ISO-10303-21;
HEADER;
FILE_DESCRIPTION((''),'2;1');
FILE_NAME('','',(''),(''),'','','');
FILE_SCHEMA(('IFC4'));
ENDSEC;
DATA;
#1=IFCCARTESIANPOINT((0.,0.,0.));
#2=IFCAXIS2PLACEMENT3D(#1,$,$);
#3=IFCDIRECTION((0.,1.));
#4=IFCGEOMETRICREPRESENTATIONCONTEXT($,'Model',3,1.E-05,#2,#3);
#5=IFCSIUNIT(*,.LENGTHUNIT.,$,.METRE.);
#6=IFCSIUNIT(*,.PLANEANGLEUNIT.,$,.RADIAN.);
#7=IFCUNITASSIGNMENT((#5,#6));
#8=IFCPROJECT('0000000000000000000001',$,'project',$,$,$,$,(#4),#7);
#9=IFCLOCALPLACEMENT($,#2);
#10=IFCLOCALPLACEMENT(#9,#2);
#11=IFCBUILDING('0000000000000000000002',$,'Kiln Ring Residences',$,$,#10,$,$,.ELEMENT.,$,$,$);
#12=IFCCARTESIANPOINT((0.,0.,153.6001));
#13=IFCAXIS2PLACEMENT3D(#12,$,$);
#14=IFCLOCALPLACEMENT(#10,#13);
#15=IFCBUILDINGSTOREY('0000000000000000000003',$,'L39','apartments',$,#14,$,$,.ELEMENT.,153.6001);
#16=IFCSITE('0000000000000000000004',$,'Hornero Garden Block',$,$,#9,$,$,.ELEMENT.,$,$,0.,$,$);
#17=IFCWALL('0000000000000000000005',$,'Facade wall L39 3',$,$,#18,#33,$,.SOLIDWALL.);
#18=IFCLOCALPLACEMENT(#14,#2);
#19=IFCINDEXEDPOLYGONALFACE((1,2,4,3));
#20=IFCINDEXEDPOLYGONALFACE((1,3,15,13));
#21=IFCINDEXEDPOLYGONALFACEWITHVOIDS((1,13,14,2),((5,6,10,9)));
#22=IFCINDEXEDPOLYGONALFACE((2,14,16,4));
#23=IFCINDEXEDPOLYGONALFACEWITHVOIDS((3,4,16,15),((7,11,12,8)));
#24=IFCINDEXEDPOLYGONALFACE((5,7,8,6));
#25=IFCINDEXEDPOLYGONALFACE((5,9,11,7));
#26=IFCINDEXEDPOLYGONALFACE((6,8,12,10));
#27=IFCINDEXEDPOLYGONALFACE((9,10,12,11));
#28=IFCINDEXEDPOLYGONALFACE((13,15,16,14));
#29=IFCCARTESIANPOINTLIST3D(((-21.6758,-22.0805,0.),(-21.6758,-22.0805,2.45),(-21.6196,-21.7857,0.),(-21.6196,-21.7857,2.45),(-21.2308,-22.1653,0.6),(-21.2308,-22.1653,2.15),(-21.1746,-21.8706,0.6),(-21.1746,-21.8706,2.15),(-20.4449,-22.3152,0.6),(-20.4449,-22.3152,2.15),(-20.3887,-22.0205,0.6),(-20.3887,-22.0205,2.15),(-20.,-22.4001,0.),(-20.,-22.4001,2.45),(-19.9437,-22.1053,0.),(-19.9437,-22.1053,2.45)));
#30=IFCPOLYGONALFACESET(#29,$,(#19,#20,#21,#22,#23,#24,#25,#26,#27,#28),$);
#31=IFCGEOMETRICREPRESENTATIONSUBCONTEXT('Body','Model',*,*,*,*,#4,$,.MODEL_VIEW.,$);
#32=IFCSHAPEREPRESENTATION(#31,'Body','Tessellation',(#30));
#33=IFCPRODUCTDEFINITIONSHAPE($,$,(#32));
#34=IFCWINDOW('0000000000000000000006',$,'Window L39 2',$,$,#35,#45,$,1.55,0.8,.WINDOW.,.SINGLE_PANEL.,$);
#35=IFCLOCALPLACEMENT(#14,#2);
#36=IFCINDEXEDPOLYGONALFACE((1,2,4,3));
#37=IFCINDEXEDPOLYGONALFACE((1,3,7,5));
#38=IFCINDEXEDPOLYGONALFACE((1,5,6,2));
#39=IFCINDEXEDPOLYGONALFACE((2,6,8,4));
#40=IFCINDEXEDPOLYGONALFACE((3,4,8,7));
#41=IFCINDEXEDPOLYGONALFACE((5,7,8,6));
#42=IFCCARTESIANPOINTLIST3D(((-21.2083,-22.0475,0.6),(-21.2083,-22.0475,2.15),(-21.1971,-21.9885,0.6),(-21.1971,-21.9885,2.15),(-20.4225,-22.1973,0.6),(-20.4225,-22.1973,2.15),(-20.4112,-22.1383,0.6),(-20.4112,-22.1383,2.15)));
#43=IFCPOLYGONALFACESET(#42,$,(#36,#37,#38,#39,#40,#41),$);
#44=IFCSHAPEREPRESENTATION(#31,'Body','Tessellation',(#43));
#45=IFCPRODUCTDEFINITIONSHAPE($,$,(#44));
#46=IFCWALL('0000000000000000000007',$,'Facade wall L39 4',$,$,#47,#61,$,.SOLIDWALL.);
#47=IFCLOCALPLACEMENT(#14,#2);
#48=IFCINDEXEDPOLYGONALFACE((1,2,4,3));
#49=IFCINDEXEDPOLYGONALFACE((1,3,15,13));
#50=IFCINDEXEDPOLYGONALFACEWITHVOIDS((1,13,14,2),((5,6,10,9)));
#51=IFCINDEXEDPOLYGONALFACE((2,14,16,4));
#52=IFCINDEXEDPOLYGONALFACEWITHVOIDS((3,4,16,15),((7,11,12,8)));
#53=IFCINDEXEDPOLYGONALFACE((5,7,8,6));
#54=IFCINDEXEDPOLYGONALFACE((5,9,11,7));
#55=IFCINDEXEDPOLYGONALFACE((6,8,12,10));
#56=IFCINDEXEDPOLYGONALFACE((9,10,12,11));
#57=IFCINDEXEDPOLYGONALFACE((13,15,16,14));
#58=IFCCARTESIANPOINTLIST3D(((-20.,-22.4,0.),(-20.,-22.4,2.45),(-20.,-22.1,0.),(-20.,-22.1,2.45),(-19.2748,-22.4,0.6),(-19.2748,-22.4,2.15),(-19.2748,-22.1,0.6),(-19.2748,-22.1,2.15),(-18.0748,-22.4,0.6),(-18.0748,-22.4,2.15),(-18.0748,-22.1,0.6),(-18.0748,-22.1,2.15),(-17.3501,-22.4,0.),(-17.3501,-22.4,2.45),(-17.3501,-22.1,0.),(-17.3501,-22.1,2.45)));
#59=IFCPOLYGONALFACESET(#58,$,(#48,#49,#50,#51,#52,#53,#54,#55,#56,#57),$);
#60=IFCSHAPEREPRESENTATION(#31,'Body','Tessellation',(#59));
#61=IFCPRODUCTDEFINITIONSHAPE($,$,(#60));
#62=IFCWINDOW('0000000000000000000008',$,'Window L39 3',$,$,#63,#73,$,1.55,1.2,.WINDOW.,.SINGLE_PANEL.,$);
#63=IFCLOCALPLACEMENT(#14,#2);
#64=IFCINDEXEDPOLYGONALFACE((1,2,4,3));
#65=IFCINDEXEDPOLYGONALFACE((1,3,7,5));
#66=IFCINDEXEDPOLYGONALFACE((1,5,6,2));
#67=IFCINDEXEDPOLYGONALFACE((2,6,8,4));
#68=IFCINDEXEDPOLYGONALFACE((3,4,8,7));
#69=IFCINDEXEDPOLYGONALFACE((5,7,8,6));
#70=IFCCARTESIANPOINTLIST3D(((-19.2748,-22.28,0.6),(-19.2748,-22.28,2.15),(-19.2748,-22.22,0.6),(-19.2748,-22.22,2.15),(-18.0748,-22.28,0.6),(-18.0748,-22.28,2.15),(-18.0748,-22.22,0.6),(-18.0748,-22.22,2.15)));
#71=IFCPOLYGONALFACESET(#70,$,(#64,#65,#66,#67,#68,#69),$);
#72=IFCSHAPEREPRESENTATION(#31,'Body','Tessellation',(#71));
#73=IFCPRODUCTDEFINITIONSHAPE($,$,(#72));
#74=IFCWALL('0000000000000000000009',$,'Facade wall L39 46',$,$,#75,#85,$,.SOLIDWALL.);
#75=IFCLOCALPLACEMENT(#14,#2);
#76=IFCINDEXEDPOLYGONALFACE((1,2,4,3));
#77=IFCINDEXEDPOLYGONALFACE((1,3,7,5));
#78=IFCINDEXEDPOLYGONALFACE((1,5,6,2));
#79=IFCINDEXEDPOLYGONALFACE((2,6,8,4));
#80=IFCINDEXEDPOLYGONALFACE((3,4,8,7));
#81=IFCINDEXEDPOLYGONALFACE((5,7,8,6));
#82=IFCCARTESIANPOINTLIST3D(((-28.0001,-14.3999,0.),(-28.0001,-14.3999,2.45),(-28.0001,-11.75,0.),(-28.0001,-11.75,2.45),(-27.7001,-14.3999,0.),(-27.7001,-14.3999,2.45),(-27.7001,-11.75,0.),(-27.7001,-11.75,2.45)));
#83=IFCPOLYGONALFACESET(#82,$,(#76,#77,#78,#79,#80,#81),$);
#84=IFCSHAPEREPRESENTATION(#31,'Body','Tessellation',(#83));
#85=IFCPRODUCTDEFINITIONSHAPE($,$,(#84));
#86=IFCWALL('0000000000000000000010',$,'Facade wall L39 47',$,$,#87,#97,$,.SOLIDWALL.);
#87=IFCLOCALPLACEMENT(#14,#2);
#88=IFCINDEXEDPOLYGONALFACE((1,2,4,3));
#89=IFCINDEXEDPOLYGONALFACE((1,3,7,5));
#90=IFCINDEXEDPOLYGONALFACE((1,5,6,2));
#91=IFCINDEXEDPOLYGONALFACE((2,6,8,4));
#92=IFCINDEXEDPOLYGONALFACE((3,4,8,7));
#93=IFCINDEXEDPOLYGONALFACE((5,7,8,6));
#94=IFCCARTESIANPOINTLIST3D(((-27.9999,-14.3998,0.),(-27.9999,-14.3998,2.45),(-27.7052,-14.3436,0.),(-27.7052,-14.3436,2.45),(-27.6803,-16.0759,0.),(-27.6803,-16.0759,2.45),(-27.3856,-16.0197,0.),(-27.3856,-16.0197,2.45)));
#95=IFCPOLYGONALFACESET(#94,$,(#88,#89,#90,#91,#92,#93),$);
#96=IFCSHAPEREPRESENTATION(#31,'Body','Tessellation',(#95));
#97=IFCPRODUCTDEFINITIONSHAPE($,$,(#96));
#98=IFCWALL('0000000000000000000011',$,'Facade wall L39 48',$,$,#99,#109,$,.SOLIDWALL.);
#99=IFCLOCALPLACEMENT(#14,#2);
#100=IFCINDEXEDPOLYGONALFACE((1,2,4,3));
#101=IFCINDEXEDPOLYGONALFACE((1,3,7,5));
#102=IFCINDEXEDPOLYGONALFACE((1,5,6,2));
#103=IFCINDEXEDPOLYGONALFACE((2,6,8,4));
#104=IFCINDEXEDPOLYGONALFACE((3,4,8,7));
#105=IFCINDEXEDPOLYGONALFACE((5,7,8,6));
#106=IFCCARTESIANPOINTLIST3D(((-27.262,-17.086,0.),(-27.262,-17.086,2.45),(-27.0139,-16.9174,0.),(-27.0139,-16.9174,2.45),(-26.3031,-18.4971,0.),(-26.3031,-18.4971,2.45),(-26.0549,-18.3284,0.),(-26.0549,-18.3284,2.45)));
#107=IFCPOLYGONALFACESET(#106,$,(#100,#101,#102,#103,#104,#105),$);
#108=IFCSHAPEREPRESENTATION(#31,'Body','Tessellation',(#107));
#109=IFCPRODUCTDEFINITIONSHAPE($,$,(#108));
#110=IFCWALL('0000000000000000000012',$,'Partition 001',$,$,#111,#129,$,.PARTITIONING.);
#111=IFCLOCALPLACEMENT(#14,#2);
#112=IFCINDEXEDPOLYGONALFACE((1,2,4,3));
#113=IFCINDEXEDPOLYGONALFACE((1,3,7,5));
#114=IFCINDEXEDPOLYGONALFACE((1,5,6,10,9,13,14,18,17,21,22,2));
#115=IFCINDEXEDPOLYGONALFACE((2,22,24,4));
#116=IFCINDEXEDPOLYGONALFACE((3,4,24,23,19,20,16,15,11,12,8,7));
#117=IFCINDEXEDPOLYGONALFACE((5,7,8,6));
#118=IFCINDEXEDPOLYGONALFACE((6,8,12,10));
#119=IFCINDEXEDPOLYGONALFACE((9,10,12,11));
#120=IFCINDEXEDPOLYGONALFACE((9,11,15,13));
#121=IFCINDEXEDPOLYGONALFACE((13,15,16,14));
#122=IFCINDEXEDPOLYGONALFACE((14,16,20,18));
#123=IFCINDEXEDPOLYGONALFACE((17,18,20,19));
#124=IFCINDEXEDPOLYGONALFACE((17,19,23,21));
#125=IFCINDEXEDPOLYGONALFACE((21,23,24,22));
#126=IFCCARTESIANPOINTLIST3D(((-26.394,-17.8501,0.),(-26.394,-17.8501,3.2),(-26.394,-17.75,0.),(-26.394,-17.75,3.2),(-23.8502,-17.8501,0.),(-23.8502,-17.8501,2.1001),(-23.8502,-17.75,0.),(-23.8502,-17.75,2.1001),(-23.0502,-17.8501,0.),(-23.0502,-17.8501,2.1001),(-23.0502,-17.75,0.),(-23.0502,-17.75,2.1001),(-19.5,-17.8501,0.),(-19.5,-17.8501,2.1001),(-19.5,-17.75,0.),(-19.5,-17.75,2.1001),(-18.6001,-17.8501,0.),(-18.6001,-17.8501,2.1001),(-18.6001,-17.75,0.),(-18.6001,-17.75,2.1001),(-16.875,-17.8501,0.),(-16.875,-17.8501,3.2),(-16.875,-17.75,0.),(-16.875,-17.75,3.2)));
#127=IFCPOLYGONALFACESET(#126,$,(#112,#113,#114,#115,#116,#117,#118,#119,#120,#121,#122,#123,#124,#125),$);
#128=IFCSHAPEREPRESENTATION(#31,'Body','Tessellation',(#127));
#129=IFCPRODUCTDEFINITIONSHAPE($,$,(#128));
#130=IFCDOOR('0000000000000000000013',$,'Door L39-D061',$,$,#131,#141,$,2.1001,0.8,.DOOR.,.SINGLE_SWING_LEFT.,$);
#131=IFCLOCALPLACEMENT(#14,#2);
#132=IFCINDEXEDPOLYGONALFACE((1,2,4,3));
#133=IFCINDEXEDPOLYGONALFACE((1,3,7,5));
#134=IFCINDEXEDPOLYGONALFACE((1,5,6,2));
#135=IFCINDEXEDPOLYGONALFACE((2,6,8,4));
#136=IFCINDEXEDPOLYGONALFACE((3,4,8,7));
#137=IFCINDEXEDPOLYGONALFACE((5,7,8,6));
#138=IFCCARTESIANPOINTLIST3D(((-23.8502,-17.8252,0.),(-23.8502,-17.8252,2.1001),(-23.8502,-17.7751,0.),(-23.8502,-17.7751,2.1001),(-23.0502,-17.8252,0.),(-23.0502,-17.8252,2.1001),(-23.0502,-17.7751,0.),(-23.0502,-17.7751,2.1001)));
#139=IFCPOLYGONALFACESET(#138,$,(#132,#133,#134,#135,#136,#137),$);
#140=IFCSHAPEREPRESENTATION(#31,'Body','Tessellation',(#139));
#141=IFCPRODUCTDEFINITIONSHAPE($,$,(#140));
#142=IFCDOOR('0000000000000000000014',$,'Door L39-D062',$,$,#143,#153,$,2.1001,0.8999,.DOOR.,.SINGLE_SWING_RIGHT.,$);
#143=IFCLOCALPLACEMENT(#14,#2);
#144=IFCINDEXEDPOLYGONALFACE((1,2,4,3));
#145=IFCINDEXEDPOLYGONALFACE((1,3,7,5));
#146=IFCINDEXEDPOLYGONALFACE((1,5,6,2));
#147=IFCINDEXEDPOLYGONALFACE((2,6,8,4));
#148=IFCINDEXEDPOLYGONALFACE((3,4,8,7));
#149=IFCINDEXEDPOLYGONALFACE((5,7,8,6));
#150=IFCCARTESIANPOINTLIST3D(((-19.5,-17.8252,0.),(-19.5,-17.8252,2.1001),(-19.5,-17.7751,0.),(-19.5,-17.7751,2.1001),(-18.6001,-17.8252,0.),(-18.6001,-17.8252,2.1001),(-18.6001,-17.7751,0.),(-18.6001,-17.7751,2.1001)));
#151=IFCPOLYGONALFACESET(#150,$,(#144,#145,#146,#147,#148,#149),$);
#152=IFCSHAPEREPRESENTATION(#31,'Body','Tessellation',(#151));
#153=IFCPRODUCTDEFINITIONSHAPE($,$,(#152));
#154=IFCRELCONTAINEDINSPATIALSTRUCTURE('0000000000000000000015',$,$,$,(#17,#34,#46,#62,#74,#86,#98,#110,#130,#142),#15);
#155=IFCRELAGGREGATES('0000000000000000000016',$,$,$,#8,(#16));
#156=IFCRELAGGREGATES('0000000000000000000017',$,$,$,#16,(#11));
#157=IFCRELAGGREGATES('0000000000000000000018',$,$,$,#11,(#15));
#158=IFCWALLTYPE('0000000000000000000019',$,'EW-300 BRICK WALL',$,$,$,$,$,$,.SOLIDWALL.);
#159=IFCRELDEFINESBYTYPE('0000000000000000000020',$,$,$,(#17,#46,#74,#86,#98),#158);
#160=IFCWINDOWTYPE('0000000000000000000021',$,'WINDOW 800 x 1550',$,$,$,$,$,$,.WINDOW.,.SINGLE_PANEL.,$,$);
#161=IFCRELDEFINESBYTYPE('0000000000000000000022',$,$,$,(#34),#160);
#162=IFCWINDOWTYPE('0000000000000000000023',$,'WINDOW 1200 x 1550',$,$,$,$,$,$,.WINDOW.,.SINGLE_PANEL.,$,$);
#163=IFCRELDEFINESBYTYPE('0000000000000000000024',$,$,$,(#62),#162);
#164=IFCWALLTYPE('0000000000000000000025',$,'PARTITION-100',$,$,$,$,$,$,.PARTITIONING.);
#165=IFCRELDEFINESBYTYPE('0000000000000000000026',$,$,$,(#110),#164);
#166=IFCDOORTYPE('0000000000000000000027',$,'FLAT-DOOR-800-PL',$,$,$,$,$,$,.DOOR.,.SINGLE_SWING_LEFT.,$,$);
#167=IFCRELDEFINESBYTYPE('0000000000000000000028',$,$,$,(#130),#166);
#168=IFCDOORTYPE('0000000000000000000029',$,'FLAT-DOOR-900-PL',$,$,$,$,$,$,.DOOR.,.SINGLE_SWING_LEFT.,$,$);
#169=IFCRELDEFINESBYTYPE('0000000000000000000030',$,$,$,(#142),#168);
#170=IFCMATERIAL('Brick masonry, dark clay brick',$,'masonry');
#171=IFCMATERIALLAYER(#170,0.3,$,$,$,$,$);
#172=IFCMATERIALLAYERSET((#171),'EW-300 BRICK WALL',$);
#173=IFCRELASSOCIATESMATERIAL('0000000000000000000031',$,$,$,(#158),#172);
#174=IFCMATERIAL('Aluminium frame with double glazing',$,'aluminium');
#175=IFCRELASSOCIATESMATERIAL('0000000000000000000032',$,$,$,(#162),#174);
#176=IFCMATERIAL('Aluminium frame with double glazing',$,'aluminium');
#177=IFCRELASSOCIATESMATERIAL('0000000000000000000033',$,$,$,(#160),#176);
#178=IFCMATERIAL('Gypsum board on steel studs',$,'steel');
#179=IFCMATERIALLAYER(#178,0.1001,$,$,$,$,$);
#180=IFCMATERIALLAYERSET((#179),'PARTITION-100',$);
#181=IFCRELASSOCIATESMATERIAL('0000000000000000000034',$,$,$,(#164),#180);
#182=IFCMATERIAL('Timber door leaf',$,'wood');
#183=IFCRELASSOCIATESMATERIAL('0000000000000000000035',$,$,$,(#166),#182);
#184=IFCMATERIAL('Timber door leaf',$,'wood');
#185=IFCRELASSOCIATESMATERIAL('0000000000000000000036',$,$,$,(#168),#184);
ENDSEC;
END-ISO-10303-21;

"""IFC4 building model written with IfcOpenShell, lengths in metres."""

from ifc_helpers import new_model, si_unit, direction, frame, frame_2d, origin, place, context, subcontext, project, spatial, rectangle, extrude, material, layer, layer_set, type_object, element, fill, save


model = new_model("IFC4")

# Units and contexts
model_context = context("Model", 3, precision=1e-05, world=origin(), true_north=direction((0.0, 1.0)))
body_context = subcontext(model_context, "Body", "Model", "MODEL_VIEW")
ifc_project = project(units=[si_unit("LENGTHUNIT", "METRE"), si_unit("PLANEANGLEUNIT", "RADIAN")], contexts=[model_context])

# Site, building, storey
site_placement = place(None, origin())
site = spatial("IfcSite", under=ifc_project, at=site_placement, Name="Hornero Garden Block", CompositionType="ELEMENT", RefElevation=0.0)
building_placement = place(site_placement, origin())
building = spatial("IfcBuilding", under=site, at=building_placement, Name="Kiln Ring Residences", CompositionType="ELEMENT")
storey_placement = place(building_placement, frame((0.0, 0.0, 153.6001)))
storey = spatial("IfcBuildingStorey", under=building, at=storey_placement, Name="L39", Description="apartments", CompositionType="ELEMENT", Elevation=153.6001)

# Shared definitions
ifc_material_1 = material(Name="Brick masonry, dark clay brick", Category="masonry")
ifc_layer_1 = layer(ifc_material_1, 0.3)
ifc_layer_set_1 = layer_set([ifc_layer_1], Name="EW-300 BRICK WALL")
wall_type_1 = type_object("IfcWallType", Name="EW-300 BRICK WALL", PredefinedType="SOLIDWALL", material=ifc_layer_set_1)
ifc_material_2 = material(Name="Aluminium frame with double glazing", Category="aluminium")
window_type_1 = type_object("IfcWindowType", Name="WINDOW 1200 x 1550", PartitioningType="SINGLE_PANEL", PredefinedType="WINDOW", material=ifc_material_2)

# Walls, openings, windows
wall_1_placement = place(storey_placement, frame((-21.6477, -21.9331, 0.0), z_axis=(0.0, 0.0, 1.0), x_axis=(0.982297, -0.187329, 0.0)))
wall_1 = element("IfcWall", 1, at=wall_1_placement, inside=storey, type_object=wall_type_1, Name="Facade wall L39 3", PredefinedType="SOLIDWALL", context=body_context, shape_type="SweptSolid", body=[
    extrude(rectangle(XDim=1.7061, YDim=0.3, at=frame_2d((0.853, 0.0))), origin(), (0.0, 0.0, 1.0), 2.45),
])
opening_1_placement = place(wall_1_placement, frame((0.4531, 0.0, 0.6001)))
opening_1 = element("IfcOpeningElement", 2, at=opening_1_placement, cuts=wall_1, PredefinedType="OPENING", context=body_context, shape_type="SweptSolid", body=[
    extrude(rectangle(XDim=0.8, YDim=1.55, at=frame_2d((0.3999, 0.7749))), frame((0.0, 0.1599, 0.0), z_axis=(0.0, -1.0, 0.0), x_axis=(1.0, 0.0, 0.0)), (0.0, 0.0, 1.0), 0.3201),
])
ifc_material_3 = material(Name="Aluminium frame with double glazing", Category="aluminium")
window_type_2 = type_object("IfcWindowType", Name="WINDOW 800 x 1550", PartitioningType="SINGLE_PANEL", PredefinedType="WINDOW", material=ifc_material_3)
window_1_placement = place(opening_1_placement, origin())
window_1 = element("IfcWindow", 3, at=window_1_placement, inside=storey, type_object=window_type_2, Name="Window L39 2", OverallHeight=1.55, OverallWidth=0.8, PartitioningType="SINGLE_PANEL", PredefinedType="WINDOW", context=body_context, shape_type="SweptSolid", body=[
    extrude(rectangle(XDim=0.8, YDim=1.55, at=frame_2d((0.3999, 0.7749))), frame((0.0, 0.03, 0.0), z_axis=(0.0, -1.0, 0.0), x_axis=(1.0, 0.0, 0.0)), (0.0, 0.0, 1.0), 0.0601),
])
fill(opening_1, window_1)
wall_2_placement = place(storey_placement, frame((-20.0, -22.25, 0.0), z_axis=(0.0, 0.0, 1.0), x_axis=(1.0, 0.0, 0.0)))
wall_2 = element("IfcWall", 4, at=wall_2_placement, inside=storey, type_object=wall_type_1, Name="Facade wall L39 4", PredefinedType="SOLIDWALL", context=body_context, shape_type="SweptSolid", body=[
    extrude(rectangle(XDim=2.6499, YDim=0.3, at=frame_2d((1.325, 0.0))), origin(), (0.0, 0.0, 1.0), 2.45),
])
opening_2_placement = place(wall_2_placement, frame((0.7251, 0.0, 0.6001)))
opening_2 = element("IfcOpeningElement", 5, at=opening_2_placement, cuts=wall_2, PredefinedType="OPENING", context=body_context, shape_type="SweptSolid", body=[
    extrude(rectangle(XDim=1.2, YDim=1.55, at=frame_2d((0.6001, 0.7749))), frame((0.0, 0.1599, 0.0), z_axis=(0.0, -1.0, 0.0), x_axis=(1.0, 0.0, 0.0)), (0.0, 0.0, 1.0), 0.3201),
])
window_2_placement = place(opening_2_placement, origin())
window_2 = element("IfcWindow", 6, at=window_2_placement, inside=storey, type_object=window_type_1, Name="Window L39 3", OverallHeight=1.55, OverallWidth=1.2, PartitioningType="SINGLE_PANEL", PredefinedType="WINDOW", context=body_context, shape_type="SweptSolid", body=[
    extrude(rectangle(XDim=1.2, YDim=1.55, at=frame_2d((0.6001, 0.7749))), frame((0.0, 0.03, 0.0), z_axis=(0.0, -1.0, 0.0), x_axis=(1.0, 0.0, 0.0)), (0.0, 0.0, 1.0), 0.0601),
])
fill(opening_2, window_2)

# Walls
wall_3_placement = place(storey_placement, frame((-27.8501, -11.75, 0.0), z_axis=(0.0, 0.0, 1.0), x_axis=(0.0, -1.0, 0.0)))
element("IfcWall", 7, at=wall_3_placement, inside=storey, type_object=wall_type_1, Name="Facade wall L39 46", PredefinedType="SOLIDWALL", context=body_context, shape_type="SweptSolid", body=[
    extrude(rectangle(XDim=2.6499, YDim=0.3, at=frame_2d((1.325, 0.0))), origin(), (0.0, 0.0, 1.0), 2.45),
])
wall_4_placement = place(storey_placement, frame((-27.8525, -14.3718, 0.0), z_axis=(0.0, 0.0, 1.0), x_axis=(0.187303, -0.982302, 0.0)))
element("IfcWall", 8, at=wall_4_placement, inside=storey, type_object=wall_type_1, Name="Facade wall L39 47", PredefinedType="SOLIDWALL", context=body_context, shape_type="SweptSolid", body=[
    extrude(rectangle(XDim=1.7063, YDim=0.3, at=frame_2d((0.853, 0.0))), origin(), (0.0, 0.0, 1.0), 2.45),
])
wall_5_placement = place(storey_placement, frame((-27.1379, -17.0017, 0.0), z_axis=(0.0, 0.0, 1.0), x_axis=(0.562075, -0.827086, 0.0)))
element("IfcWall", 9, at=wall_5_placement, inside=storey, type_object=wall_type_1, Name="Facade wall L39 48", PredefinedType="SOLIDWALL", context=body_context, shape_type="SweptSolid", body=[
    extrude(rectangle(XDim=1.7061, YDim=0.3, at=frame_2d((0.853, 0.0))), origin(), (0.0, 0.0, 1.0), 2.45),
])

# Wall, openings, doors
ifc_material_4 = material(Name="Gypsum board on steel studs", Category="steel")
ifc_layer_2 = layer(ifc_material_4, 0.1001)
ifc_layer_set_2 = layer_set([ifc_layer_2], Name="PARTITION-100")
wall_type_2 = type_object("IfcWallType", Name="PARTITION-100", PredefinedType="PARTITIONING", material=ifc_layer_set_2)
wall_6_placement = place(storey_placement, frame((-26.394, -17.8, 0.0), z_axis=(0.0, 0.0, 1.0), x_axis=(1.0, 0.0, 0.0)))
wall_6 = element("IfcWall", 10, at=wall_6_placement, inside=storey, type_object=wall_type_2, Name="Partition 001", PredefinedType="PARTITIONING", context=body_context, shape_type="SweptSolid", body=[
    extrude(rectangle(XDim=9.519, YDim=0.1001, at=frame_2d((4.7595, 0.0))), origin(), (0.0, 0.0, 1.0), 3.2),
])
opening_3_placement = place(wall_6_placement, frame((2.5439, 0.0, 0.0)))
opening_3 = element("IfcOpeningElement", 11, at=opening_3_placement, cuts=wall_6, PredefinedType="OPENING", context=body_context, shape_type="SweptSolid", body=[
    extrude(rectangle(XDim=0.8, YDim=2.1001, at=frame_2d((0.3999, 1.05))), frame((0.0, 0.0601, 0.0), z_axis=(0.0, -1.0, 0.0), x_axis=(1.0, 0.0, 0.0)), (0.0, 0.0, 1.0), 0.1201),
])
opening_4_placement = place(wall_6_placement, frame((6.894, 0.0, 0.0)))
opening_4 = element("IfcOpeningElement", 12, at=opening_4_placement, cuts=wall_6, PredefinedType="OPENING", context=body_context, shape_type="SweptSolid", body=[
    extrude(rectangle(XDim=0.8999, YDim=2.1001, at=frame_2d((0.45, 1.05))), frame((0.0, 0.0601, 0.0), z_axis=(0.0, -1.0, 0.0), x_axis=(1.0, 0.0, 0.0)), (0.0, 0.0, 1.0), 0.1201),
])
ifc_material_5 = material(Name="Timber door leaf", Category="wood")
door_type_1 = type_object("IfcDoorType", Name="FLAT-DOOR-800-PL", OperationType="SINGLE_SWING_LEFT", PredefinedType="DOOR", material=ifc_material_5)
door_1_placement = place(opening_3_placement, origin())
door_1 = element("IfcDoor", 13, at=door_1_placement, inside=storey, type_object=door_type_1, Name="Door L39-D061", OperationType="SINGLE_SWING_LEFT", OverallHeight=2.1001, OverallWidth=0.8, PredefinedType="DOOR", context=body_context, shape_type="SweptSolid", body=[
    extrude(rectangle(XDim=0.8, YDim=2.1001, at=frame_2d((0.3999, 1.05))), frame((0.0, 0.0249, 0.0), z_axis=(0.0, -1.0, 0.0), x_axis=(1.0, 0.0, 0.0)), (0.0, 0.0, 1.0), 0.05),
])
fill(opening_3, door_1)
ifc_material_6 = material(Name="Timber door leaf", Category="wood")
door_type_2 = type_object("IfcDoorType", Name="FLAT-DOOR-900-PL", OperationType="SINGLE_SWING_LEFT", PredefinedType="DOOR", material=ifc_material_6)
door_2_placement = place(opening_4_placement, origin())
door_2 = element("IfcDoor", 14, at=door_2_placement, inside=storey, type_object=door_type_2, Name="Door L39-D062", OperationType="SINGLE_SWING_RIGHT", OverallHeight=2.1001, OverallWidth=0.8999, PredefinedType="DOOR", context=body_context, shape_type="SweptSolid", body=[
    extrude(rectangle(XDim=0.8999, YDim=2.1001, at=frame_2d((0.45, 1.05))), frame((0.0, 0.0249, 0.0), z_axis=(0.0, -1.0, 0.0), x_axis=(1.0, 0.0, 0.0)), (0.0, 0.0, 1.0), 0.05),
])
fill(opening_4, door_2)

save(model, "model.ifc")
